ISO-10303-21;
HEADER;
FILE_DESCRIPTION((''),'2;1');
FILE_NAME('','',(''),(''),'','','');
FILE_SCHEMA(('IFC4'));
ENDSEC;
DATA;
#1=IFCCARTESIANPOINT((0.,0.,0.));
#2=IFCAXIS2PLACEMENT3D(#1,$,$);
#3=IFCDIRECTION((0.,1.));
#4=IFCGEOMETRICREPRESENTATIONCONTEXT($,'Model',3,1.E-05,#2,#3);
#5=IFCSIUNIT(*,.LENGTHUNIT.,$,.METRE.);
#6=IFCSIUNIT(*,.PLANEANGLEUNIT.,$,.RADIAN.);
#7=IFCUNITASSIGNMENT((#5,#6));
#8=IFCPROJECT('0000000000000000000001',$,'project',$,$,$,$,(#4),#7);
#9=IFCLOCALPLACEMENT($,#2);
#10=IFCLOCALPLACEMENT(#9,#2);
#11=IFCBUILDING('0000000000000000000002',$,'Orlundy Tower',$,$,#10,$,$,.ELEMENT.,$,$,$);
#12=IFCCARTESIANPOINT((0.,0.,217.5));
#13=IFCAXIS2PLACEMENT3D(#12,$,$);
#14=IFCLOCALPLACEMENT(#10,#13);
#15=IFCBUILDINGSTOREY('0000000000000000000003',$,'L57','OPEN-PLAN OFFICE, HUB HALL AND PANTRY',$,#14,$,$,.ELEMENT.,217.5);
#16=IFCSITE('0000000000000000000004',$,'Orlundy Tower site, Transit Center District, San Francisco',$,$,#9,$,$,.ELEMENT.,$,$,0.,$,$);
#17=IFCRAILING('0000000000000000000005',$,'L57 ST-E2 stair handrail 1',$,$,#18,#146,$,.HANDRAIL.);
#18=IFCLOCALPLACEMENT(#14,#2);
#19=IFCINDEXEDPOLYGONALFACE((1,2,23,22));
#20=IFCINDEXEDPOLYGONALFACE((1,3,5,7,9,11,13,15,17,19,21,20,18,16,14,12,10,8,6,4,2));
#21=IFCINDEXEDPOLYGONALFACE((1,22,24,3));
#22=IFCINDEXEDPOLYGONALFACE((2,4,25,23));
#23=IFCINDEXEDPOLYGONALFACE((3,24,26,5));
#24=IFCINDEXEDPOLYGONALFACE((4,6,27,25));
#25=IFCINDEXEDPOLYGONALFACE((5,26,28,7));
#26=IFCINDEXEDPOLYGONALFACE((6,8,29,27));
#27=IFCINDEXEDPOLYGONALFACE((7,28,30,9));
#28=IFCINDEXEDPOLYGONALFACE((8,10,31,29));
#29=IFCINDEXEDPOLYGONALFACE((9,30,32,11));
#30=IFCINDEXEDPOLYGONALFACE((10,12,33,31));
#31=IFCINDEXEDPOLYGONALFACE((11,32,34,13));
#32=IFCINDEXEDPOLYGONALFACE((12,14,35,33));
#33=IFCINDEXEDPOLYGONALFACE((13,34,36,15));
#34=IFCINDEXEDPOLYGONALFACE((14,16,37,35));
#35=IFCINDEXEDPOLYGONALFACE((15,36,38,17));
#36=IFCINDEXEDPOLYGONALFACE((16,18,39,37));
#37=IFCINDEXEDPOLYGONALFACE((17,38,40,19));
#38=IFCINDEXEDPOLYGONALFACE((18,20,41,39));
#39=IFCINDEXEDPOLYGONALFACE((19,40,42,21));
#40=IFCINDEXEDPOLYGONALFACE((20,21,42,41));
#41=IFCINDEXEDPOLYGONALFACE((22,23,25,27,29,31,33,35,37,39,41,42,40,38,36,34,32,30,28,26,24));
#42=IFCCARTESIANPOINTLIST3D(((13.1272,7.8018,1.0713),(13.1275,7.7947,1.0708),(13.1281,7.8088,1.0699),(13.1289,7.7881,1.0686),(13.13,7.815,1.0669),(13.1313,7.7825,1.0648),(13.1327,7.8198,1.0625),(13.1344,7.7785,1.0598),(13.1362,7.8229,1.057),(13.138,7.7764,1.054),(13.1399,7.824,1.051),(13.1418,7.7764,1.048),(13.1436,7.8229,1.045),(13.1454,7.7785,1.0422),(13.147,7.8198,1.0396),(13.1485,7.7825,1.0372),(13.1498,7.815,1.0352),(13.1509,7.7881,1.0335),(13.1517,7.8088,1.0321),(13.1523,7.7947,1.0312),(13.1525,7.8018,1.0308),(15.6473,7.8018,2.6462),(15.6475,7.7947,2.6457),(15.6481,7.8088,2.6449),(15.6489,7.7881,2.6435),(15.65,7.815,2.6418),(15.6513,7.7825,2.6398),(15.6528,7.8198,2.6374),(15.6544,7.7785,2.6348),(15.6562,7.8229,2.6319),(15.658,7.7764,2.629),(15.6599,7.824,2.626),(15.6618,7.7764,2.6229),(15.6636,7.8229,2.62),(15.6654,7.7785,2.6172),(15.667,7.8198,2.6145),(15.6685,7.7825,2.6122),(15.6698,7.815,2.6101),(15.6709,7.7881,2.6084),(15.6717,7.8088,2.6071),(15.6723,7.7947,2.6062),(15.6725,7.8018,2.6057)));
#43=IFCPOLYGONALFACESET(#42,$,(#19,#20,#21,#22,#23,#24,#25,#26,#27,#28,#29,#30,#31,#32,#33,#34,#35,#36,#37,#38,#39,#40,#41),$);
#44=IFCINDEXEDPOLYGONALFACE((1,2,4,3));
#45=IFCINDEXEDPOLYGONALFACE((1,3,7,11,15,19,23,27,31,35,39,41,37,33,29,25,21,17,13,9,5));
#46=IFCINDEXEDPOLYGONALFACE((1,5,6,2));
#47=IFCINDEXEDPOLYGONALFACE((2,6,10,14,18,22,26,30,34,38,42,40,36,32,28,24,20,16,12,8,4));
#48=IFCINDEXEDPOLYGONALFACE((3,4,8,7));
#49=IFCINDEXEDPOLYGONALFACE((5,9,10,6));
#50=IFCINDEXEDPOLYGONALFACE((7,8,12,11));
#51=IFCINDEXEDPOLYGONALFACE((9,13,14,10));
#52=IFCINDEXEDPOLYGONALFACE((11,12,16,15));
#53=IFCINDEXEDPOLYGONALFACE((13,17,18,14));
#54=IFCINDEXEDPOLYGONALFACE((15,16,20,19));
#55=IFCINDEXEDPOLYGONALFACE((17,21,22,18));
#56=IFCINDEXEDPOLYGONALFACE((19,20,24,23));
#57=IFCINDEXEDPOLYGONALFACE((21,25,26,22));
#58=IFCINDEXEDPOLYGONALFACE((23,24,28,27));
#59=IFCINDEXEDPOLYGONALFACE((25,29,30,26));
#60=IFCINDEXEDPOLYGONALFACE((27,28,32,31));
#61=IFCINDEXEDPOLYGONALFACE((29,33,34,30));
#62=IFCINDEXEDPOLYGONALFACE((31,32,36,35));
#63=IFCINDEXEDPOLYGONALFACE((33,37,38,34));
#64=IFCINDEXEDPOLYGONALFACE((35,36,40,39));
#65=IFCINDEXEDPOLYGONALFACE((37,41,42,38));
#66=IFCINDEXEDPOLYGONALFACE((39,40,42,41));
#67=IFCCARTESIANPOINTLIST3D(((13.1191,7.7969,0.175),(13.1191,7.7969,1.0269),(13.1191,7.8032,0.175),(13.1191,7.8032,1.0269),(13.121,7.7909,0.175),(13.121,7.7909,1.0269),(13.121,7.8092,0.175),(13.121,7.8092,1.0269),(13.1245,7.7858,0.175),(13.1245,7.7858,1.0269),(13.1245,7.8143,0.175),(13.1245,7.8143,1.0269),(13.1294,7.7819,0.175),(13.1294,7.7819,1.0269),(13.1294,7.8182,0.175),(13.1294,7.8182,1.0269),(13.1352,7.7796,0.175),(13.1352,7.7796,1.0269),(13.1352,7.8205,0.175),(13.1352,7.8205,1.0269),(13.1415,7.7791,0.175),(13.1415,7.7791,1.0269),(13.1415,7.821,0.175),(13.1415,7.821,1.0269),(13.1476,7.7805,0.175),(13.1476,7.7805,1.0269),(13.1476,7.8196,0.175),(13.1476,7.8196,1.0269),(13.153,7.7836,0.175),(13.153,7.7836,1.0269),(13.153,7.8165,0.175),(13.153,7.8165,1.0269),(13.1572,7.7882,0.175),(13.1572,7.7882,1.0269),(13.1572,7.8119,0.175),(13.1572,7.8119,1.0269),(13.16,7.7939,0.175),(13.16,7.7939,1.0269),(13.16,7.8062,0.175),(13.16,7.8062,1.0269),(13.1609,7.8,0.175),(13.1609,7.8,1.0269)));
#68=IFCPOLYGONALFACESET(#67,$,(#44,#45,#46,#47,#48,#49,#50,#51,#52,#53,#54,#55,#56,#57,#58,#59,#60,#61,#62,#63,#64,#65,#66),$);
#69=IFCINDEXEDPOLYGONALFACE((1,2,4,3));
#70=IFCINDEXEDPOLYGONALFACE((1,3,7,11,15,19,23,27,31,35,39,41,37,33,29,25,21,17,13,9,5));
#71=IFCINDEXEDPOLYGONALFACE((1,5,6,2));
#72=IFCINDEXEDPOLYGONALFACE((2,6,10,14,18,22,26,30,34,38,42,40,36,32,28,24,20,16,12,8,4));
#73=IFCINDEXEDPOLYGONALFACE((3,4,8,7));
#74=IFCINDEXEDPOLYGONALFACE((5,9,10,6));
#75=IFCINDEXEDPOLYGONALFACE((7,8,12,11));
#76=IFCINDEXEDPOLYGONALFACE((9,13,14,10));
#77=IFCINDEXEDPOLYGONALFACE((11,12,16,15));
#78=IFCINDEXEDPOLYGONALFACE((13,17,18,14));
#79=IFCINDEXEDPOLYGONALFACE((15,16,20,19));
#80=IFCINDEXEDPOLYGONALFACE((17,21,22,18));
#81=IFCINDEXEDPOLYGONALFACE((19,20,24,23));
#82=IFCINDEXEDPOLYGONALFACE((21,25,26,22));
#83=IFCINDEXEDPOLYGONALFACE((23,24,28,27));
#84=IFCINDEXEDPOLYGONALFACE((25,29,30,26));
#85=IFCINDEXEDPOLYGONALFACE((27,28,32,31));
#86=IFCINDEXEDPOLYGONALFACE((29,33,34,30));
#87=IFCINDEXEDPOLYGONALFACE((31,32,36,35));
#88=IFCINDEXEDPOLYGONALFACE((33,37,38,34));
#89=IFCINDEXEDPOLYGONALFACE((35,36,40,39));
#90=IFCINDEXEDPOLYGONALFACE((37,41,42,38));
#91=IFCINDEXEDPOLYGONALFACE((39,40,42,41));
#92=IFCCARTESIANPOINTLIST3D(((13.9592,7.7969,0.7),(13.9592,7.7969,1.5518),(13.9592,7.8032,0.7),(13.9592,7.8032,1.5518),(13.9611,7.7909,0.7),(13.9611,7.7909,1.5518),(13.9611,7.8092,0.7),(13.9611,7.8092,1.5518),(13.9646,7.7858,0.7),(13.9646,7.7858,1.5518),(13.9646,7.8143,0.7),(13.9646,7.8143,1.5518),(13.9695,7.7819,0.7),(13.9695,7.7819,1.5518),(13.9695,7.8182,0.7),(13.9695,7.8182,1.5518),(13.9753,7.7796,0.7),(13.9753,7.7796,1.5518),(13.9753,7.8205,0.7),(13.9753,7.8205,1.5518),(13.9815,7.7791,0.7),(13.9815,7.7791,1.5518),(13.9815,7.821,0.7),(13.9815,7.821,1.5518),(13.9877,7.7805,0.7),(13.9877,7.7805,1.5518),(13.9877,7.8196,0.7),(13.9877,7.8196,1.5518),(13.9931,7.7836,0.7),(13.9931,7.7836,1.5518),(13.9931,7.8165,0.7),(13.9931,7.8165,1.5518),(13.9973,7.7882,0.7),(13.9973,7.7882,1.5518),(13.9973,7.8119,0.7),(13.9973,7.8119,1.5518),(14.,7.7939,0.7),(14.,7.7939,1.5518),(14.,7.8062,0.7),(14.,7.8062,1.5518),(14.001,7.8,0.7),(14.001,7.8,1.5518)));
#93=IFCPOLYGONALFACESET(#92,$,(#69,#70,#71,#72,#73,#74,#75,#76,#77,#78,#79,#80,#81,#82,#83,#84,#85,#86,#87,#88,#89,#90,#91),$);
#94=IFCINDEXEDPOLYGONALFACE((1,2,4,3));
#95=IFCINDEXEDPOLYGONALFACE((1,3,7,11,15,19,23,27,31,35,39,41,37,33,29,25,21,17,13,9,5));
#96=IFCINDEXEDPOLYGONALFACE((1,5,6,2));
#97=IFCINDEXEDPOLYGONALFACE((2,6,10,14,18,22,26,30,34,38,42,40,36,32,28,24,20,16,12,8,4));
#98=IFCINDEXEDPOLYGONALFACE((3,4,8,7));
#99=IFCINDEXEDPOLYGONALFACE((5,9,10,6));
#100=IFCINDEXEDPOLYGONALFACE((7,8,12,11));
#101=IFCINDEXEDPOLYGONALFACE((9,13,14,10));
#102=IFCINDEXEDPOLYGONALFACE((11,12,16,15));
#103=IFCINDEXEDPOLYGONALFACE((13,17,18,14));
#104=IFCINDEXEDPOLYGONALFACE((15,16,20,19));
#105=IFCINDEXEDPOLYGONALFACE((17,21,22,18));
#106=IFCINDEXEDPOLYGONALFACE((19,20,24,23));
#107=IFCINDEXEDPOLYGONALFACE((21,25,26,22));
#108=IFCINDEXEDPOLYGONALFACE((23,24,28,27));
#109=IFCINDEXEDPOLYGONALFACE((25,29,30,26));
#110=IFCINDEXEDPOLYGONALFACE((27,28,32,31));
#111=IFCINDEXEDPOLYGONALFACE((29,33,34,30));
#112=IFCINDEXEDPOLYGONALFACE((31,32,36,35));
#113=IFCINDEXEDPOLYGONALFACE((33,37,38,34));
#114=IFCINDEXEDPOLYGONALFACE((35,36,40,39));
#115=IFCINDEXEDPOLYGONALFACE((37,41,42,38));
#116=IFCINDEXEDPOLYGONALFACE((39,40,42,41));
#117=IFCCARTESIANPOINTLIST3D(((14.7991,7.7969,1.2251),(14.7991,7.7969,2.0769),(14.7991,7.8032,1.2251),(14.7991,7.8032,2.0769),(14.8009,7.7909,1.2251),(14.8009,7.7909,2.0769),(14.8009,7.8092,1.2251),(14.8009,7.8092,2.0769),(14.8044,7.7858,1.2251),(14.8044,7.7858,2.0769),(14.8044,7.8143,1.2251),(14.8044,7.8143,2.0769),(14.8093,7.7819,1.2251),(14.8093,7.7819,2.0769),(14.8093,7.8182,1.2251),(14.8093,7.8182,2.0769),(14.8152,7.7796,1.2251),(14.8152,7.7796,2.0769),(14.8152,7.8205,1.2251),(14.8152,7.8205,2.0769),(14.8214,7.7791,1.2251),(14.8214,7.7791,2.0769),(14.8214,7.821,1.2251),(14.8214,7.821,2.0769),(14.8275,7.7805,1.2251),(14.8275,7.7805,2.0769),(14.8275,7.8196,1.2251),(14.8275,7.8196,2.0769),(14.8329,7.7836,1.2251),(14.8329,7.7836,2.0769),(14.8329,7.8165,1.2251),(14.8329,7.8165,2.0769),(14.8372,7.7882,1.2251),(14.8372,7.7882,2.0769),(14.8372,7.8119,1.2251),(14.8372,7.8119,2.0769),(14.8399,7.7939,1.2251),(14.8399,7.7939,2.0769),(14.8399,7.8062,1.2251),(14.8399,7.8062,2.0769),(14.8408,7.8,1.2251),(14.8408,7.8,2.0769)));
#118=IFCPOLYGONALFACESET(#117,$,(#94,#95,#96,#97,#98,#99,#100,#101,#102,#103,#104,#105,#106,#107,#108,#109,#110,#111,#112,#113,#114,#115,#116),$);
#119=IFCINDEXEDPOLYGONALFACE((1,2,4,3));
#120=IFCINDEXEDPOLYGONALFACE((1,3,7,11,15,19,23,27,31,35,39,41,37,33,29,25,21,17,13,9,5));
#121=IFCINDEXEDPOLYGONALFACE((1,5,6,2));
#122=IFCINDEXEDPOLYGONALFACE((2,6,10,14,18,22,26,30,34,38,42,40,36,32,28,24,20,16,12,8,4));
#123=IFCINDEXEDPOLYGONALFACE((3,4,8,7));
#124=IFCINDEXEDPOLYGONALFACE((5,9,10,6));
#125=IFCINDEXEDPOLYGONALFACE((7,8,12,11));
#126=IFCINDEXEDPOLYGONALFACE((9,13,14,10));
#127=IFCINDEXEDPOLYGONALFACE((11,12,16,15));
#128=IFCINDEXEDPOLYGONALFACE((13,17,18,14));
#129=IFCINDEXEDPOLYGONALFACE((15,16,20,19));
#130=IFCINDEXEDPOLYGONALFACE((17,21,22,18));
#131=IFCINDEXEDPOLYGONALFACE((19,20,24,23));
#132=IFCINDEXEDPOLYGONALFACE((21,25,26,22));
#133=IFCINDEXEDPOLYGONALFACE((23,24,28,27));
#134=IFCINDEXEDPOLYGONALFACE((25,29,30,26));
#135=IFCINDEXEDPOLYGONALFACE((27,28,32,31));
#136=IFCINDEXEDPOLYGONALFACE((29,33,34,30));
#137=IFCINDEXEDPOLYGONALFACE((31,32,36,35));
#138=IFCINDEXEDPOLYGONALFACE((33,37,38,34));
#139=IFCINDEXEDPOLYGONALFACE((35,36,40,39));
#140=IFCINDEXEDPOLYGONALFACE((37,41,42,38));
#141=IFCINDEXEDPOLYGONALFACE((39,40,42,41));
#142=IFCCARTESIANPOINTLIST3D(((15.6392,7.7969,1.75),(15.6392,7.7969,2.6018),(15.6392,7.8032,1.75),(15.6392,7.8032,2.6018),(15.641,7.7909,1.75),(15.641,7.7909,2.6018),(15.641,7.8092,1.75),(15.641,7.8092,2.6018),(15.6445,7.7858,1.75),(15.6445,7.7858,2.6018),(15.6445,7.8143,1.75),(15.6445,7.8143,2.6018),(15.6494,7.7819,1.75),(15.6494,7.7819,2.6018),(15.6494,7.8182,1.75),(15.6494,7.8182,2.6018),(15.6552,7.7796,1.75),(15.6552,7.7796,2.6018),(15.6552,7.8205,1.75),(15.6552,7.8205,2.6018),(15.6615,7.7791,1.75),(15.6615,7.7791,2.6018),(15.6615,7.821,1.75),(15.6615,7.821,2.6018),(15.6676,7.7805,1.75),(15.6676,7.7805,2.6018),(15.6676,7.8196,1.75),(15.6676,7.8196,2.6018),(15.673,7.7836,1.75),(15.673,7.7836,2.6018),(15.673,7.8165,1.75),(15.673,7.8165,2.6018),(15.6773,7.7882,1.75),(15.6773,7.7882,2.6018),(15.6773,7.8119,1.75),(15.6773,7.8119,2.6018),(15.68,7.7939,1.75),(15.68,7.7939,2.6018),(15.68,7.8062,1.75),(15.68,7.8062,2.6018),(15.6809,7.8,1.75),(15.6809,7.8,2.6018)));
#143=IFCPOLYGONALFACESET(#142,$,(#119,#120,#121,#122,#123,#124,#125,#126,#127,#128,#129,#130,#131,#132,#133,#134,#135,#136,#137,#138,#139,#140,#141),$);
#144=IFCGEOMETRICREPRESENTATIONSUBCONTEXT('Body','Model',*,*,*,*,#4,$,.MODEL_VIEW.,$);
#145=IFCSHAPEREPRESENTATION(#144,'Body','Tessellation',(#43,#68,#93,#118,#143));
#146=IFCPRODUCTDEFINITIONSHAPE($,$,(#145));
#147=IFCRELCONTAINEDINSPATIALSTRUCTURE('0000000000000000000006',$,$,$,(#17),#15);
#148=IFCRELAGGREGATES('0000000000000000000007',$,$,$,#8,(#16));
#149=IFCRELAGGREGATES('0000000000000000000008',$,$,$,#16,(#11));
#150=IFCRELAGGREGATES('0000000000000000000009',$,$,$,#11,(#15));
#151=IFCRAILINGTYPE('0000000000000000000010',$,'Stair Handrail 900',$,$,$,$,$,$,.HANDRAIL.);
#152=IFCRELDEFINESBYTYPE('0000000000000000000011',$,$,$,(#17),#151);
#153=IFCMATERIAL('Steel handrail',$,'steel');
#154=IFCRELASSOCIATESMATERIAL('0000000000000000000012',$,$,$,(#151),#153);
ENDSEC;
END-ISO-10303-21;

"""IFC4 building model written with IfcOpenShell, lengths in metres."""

from ifc_helpers import new_model, si_unit, direction, frame, origin, origin_2d, place, context, subcontext, project, spatial, circle, extrude, material, type_object, element, save


model = new_model("IFC4")

# Units and contexts
model_context = context("Model", 3, precision=1e-05, world=origin(), true_north=direction((0.0, 1.0)))
body_context = subcontext(model_context, "Body", "Model", "MODEL_VIEW")
ifc_project = project(units=[si_unit("LENGTHUNIT", "METRE"), si_unit("PLANEANGLEUNIT", "RADIAN")], contexts=[model_context])

# Site, building, storey
site_placement = place(None, origin())
site = spatial("IfcSite", under=ifc_project, at=site_placement, Name="Orlundy Tower site, Transit Center District, San Francisco", CompositionType="ELEMENT", RefElevation=0.0)
building_placement = place(site_placement, origin())
building = spatial("IfcBuilding", under=site, at=building_placement, Name="Orlundy Tower", CompositionType="ELEMENT")
storey_placement = place(building_placement, frame((0.0, 0.0, 217.5)))
storey = spatial("IfcBuildingStorey", under=building, at=storey_placement, Name="L57", Description="OPEN-PLAN OFFICE, HUB HALL AND PANTRY", CompositionType="ELEMENT", Elevation=217.5)

# Railing
ifc_material_1 = material(Name="Steel handrail", Category="steel")
railing_type_1 = type_object("IfcRailingType", Name="Stair Handrail 900", PredefinedType="HANDRAIL", material=ifc_material_1)
railing_1_placement = place(storey_placement, frame((13.1399, 7.8, 0.175)))
element("IfcRailing", 1, at=railing_1_placement, inside=storey, type_object=railing_type_1, Name="L57 ST-E2 stair handrail 1", PredefinedType="HANDRAIL", context=body_context, shape_type="SweptSolid", body=[
    extrude(circle(Radius=0.0239, at=origin_2d()), frame((0.0, 0.0, 0.876), z_axis=(0.848008, 0.0, 0.529984), x_axis=(0.0, 1.0, 0.0)), (0.0, 0.0, 1.0), 2.9717),
    extrude(circle(Radius=0.021, at=origin_2d()), origin(), (0.0, 0.0, 1.0), 0.8518),
    extrude(circle(Radius=0.021, at=origin_2d()), frame((0.8401, 0.0, 0.5249)), (0.0, 0.0, 1.0), 0.8518),
    extrude(circle(Radius=0.021, at=origin_2d()), frame((1.6799, 0.0, 1.05)), (0.0, 0.0, 1.0), 0.8518),
    extrude(circle(Radius=0.021, at=origin_2d()), frame((2.52, 0.0, 1.575)), (0.0, 0.0, 1.0), 0.8518),
])

save(model, "model.ifc")
